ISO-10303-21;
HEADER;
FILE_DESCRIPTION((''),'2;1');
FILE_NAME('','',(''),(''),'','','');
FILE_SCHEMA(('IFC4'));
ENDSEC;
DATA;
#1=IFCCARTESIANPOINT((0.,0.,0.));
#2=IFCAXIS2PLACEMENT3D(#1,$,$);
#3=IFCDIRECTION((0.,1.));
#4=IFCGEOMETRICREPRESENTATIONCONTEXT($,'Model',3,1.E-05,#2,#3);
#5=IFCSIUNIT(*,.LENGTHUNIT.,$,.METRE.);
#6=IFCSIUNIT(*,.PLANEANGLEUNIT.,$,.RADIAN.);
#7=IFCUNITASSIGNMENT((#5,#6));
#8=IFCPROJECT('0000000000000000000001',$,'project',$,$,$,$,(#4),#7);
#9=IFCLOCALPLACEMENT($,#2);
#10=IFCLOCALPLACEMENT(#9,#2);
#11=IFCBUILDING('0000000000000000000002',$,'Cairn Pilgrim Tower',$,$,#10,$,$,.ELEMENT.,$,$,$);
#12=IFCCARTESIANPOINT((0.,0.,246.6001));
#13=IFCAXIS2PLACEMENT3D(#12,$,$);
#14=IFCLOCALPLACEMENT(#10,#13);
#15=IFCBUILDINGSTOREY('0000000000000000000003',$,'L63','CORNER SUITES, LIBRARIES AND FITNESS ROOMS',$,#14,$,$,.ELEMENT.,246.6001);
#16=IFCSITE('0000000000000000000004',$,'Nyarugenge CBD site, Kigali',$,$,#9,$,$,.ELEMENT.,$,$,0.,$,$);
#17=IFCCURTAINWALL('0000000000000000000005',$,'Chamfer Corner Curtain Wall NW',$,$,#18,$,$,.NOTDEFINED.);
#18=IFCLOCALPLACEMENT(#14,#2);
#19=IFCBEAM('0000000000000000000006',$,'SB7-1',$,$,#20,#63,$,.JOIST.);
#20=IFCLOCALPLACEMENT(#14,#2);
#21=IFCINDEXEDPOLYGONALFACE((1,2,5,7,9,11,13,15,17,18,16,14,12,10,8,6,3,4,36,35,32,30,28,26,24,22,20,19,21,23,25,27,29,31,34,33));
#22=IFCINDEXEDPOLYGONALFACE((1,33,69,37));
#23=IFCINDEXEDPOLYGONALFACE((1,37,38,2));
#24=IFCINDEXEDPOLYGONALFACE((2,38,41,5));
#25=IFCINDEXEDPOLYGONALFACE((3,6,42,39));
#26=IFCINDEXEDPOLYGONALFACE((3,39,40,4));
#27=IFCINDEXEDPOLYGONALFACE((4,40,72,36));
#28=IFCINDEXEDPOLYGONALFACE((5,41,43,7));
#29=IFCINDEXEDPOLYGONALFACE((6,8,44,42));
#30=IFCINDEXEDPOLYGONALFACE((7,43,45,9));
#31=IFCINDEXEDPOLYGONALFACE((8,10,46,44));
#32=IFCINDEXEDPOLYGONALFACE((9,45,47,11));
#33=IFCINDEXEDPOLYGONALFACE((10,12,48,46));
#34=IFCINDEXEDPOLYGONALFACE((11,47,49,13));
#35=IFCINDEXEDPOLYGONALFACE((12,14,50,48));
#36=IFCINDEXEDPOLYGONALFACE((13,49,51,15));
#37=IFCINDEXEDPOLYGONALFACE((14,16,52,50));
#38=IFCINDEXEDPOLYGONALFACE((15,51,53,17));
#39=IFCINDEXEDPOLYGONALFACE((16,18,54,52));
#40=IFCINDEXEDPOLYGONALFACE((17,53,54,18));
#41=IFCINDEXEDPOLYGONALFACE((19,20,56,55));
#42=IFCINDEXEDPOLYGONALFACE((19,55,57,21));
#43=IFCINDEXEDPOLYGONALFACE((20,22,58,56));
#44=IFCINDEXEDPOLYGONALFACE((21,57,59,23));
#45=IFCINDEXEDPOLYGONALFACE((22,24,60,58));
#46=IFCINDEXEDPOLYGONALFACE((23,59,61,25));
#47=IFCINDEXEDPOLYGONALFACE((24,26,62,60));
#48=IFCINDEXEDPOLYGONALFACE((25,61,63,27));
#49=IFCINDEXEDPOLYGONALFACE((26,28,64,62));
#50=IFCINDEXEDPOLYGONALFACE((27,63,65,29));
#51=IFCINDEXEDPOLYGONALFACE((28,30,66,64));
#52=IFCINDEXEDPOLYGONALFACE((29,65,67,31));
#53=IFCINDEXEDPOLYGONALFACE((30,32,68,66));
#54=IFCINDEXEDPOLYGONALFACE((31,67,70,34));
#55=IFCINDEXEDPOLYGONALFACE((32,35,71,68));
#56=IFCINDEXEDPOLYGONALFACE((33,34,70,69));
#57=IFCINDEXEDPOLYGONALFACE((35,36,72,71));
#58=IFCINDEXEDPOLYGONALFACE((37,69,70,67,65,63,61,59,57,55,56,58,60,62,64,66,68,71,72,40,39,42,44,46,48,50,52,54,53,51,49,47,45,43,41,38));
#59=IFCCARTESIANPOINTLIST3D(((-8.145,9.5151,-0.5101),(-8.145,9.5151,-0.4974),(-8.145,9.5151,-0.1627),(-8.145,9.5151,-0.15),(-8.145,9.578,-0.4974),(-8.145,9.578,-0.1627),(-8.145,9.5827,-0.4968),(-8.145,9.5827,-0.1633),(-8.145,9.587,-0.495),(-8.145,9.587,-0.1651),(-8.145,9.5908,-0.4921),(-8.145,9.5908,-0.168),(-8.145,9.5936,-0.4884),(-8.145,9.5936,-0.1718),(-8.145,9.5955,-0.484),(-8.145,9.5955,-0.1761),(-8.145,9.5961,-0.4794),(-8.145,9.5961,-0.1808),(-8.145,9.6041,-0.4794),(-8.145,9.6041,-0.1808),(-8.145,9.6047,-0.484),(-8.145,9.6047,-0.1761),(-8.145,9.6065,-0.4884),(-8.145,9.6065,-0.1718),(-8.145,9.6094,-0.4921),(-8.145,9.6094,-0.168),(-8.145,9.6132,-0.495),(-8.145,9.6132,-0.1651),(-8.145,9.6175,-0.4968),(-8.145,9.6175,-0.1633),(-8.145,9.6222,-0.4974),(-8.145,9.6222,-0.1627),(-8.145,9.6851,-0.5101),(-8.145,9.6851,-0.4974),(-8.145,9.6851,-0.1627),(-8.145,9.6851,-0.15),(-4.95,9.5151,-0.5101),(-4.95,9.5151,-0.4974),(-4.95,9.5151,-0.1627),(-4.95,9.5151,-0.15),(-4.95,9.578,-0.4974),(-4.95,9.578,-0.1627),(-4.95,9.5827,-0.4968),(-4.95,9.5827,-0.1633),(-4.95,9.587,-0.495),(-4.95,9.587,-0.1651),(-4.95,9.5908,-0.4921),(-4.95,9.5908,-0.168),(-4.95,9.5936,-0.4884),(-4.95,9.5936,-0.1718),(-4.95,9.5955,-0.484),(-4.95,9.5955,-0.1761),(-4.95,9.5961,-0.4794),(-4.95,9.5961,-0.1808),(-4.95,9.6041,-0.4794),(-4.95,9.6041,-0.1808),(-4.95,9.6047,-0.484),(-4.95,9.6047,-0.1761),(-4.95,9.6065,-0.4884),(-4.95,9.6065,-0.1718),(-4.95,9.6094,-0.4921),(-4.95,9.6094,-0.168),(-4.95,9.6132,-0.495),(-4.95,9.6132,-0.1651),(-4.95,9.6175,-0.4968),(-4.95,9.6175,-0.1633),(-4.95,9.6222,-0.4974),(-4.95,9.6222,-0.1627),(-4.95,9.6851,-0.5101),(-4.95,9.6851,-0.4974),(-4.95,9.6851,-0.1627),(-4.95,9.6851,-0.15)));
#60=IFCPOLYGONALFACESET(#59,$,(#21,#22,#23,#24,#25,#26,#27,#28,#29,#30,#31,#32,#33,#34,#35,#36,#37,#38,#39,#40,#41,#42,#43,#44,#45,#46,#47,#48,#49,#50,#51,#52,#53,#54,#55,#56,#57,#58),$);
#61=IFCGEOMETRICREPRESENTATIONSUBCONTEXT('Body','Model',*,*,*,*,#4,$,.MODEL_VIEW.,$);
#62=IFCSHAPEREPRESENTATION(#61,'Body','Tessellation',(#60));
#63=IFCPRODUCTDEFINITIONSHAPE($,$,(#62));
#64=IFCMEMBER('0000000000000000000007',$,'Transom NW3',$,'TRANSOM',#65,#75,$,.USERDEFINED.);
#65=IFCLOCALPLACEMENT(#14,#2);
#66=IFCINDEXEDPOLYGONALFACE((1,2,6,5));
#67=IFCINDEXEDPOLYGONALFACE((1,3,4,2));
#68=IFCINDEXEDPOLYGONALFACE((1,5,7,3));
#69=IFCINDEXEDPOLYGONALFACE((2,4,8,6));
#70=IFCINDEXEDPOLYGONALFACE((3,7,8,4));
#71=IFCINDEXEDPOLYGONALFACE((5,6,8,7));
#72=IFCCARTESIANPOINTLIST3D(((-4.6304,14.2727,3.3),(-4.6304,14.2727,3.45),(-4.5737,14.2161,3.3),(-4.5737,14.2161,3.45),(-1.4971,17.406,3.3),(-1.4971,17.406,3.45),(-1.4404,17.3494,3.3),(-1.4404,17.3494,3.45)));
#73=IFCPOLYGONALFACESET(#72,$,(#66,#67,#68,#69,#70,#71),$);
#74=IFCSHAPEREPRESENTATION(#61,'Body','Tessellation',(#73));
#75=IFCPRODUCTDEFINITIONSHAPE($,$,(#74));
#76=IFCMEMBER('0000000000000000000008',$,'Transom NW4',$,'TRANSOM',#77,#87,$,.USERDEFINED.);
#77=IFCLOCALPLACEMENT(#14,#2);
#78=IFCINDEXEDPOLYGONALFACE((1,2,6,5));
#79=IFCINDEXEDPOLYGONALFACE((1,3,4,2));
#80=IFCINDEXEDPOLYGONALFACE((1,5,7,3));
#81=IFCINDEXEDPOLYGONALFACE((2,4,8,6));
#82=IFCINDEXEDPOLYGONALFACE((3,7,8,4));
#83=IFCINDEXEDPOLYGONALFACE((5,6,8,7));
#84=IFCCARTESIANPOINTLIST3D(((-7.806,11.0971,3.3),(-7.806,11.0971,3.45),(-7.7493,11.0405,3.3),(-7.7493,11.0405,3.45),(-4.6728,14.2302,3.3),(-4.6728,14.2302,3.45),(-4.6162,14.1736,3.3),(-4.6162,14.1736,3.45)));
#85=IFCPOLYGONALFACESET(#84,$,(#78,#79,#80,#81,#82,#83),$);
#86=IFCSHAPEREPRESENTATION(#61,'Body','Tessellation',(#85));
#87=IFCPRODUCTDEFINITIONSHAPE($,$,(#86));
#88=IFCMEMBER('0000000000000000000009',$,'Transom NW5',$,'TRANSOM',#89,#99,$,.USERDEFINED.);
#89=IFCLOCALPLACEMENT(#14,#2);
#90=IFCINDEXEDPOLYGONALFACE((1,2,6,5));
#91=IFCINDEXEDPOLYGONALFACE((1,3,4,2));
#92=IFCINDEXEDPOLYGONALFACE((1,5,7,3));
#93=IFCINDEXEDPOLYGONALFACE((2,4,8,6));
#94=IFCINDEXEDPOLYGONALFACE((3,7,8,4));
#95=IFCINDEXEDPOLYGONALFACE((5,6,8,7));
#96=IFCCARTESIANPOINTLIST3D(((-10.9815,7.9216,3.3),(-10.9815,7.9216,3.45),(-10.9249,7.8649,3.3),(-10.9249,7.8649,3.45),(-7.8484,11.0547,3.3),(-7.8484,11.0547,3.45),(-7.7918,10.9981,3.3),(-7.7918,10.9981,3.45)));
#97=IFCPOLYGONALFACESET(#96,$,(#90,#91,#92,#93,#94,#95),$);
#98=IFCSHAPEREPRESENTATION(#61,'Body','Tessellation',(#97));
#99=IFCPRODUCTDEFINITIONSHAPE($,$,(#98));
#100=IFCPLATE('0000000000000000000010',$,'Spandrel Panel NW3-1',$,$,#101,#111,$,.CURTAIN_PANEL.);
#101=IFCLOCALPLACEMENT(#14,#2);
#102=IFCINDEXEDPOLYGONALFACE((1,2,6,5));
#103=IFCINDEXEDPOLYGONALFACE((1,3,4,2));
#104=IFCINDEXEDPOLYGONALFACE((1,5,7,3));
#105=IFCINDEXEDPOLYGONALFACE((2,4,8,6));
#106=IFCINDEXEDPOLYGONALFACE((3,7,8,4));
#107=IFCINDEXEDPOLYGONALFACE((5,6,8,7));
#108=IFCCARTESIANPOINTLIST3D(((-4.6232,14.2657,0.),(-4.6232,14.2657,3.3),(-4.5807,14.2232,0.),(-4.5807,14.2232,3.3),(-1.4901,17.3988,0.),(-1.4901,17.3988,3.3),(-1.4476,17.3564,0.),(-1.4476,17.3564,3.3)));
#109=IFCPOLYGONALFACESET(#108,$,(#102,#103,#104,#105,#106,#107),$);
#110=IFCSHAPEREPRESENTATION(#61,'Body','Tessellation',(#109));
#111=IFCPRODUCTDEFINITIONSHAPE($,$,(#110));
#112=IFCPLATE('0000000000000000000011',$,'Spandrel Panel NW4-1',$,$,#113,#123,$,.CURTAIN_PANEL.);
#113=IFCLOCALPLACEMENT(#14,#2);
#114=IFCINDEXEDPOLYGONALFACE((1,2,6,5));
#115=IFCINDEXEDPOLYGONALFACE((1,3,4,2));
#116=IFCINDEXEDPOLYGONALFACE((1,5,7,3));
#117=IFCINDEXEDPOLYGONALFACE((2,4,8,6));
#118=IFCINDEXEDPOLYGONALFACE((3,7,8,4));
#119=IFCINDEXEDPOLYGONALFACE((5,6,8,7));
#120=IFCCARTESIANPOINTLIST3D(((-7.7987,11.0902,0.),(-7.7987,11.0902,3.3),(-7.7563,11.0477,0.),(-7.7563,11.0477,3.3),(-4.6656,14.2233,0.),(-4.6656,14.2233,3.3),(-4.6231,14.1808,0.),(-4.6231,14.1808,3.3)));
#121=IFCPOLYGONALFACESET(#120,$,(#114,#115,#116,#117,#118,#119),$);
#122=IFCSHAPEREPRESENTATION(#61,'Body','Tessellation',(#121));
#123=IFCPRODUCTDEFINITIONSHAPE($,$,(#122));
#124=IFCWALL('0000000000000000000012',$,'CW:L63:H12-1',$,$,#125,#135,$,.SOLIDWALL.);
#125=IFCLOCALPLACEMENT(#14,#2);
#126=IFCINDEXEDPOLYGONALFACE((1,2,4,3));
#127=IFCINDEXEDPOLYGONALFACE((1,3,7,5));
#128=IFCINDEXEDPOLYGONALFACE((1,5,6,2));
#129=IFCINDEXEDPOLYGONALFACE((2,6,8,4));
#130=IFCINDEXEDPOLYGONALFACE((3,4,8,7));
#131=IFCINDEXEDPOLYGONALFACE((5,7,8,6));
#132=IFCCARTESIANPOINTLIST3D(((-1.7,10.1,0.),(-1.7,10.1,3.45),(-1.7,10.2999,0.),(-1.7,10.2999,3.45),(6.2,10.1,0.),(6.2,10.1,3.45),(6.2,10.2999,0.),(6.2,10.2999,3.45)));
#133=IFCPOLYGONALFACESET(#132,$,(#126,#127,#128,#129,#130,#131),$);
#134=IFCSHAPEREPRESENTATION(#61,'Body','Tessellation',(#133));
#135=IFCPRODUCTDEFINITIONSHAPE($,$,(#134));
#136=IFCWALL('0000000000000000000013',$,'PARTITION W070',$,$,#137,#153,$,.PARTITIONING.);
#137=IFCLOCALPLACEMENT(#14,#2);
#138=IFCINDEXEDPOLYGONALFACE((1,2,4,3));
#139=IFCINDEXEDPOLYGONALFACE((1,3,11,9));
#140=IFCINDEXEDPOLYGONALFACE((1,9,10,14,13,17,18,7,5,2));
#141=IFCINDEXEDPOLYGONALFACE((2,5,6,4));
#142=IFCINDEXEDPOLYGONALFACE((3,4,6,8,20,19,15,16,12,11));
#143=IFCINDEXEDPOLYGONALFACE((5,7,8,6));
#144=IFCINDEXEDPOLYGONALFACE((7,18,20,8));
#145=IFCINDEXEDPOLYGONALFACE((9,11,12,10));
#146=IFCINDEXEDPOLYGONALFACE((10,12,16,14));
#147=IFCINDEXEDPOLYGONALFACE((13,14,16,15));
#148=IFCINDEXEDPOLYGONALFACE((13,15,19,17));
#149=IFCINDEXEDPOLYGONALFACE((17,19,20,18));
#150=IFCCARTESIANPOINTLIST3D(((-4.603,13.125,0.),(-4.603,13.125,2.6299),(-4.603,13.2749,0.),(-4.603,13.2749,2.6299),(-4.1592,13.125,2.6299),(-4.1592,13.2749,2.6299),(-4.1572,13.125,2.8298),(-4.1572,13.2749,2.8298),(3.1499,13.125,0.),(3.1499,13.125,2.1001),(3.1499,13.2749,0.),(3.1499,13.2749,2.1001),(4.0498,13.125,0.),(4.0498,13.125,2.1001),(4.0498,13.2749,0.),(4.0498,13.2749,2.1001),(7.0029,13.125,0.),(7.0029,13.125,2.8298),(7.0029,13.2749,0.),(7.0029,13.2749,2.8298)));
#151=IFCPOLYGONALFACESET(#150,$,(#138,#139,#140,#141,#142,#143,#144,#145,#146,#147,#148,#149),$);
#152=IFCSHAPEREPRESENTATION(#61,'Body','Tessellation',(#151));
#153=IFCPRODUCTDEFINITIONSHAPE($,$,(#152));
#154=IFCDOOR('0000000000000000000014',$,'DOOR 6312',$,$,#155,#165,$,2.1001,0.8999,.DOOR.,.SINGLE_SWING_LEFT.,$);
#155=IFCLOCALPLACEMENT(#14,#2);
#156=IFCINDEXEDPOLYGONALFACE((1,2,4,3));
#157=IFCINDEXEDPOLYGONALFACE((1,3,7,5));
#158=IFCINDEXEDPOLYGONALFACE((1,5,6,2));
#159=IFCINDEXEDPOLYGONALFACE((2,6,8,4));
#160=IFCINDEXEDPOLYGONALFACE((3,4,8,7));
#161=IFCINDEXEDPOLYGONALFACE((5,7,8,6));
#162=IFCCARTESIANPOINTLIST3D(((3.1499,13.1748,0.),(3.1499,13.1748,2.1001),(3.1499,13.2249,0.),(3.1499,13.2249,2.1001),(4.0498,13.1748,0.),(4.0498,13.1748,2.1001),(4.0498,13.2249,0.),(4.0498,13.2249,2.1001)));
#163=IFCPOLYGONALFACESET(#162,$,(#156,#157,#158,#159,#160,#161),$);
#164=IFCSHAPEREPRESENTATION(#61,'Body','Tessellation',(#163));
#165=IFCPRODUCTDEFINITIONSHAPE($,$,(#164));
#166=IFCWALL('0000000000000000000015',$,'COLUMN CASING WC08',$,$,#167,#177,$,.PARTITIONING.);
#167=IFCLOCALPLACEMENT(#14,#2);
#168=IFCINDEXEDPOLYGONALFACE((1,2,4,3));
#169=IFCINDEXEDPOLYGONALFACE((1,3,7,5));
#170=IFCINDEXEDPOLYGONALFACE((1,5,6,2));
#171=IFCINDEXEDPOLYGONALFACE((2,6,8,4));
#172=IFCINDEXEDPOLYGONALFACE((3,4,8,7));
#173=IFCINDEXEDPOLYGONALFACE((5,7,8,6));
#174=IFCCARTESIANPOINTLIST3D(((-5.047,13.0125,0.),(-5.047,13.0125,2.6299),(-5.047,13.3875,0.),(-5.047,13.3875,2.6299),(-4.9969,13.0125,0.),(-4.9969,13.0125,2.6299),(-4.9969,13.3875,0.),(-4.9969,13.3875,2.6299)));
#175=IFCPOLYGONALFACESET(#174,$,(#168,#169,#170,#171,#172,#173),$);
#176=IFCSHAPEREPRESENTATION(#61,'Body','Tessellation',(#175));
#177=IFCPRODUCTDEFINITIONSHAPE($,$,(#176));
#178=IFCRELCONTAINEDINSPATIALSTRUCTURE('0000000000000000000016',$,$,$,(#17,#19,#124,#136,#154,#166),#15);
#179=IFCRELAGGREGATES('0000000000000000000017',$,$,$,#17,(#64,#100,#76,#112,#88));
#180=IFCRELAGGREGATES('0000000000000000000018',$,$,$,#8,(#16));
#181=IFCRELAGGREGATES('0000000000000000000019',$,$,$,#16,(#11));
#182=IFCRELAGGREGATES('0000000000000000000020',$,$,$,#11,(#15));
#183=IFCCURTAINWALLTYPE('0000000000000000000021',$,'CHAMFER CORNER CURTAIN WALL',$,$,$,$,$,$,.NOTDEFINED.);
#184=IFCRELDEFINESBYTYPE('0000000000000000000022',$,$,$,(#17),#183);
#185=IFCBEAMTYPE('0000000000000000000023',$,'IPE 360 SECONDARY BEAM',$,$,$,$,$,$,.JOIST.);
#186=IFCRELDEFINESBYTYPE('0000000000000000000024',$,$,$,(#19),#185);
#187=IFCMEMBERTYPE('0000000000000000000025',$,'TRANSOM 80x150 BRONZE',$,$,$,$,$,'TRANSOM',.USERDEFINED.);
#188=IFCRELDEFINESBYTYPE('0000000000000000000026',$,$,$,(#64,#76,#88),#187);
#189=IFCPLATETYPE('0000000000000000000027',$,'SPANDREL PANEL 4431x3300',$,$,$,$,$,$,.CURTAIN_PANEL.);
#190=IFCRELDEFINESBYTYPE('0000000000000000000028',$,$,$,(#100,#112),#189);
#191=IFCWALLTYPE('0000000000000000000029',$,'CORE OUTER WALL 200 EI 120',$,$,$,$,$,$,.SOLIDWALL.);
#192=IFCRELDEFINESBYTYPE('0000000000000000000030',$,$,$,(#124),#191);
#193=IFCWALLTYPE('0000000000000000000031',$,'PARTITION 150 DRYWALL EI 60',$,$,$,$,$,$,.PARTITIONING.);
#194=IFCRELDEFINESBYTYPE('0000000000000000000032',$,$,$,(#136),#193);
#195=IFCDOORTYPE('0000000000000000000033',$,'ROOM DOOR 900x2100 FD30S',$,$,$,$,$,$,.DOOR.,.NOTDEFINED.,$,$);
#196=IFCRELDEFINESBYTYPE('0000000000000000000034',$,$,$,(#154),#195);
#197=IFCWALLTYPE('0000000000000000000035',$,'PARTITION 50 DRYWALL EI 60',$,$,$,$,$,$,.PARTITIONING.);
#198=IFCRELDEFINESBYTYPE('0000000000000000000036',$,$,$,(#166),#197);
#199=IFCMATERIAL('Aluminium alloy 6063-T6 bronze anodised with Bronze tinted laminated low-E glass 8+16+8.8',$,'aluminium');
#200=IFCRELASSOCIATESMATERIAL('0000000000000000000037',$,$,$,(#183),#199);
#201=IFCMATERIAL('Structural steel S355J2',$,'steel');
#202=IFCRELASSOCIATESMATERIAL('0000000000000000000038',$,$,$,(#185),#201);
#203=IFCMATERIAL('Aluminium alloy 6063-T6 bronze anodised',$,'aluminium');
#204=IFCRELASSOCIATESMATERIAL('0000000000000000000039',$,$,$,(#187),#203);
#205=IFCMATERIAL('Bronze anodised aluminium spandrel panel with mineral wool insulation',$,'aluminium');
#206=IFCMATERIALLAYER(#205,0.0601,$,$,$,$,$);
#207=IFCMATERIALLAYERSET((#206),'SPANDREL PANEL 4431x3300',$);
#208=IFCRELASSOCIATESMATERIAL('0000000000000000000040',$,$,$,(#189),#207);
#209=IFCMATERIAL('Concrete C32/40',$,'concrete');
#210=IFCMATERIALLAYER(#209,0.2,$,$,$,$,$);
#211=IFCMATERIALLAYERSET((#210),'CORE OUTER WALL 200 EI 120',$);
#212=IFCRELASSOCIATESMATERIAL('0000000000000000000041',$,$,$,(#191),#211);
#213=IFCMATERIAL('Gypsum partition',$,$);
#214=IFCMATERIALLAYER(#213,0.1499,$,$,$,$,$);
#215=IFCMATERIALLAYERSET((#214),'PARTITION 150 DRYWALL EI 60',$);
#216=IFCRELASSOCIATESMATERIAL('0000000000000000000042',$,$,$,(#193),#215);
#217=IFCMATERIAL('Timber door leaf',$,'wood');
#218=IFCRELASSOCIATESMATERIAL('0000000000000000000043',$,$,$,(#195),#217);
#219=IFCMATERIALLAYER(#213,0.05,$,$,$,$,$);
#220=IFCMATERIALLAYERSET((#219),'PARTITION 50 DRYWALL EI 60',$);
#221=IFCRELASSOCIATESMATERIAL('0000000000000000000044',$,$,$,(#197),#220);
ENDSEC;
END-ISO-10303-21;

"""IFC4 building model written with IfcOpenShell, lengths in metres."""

from ifc_helpers import new_model, si_unit, direction, frame, frame_2d, origin, origin_2d, place, context, subcontext, project, spatial, polyline, rectangle, i_section, outline, extrude, material, layer, layer_set, material_profile, profile_set, type_object, element, fill, aggregate, save


model = new_model("IFC4")

# Units and contexts
model_context = context("Model", 3, precision=1e-05, world=origin(), true_north=direction((0.0, 1.0)))
body_context = subcontext(model_context, "Body", "Model", "MODEL_VIEW")
ifc_project = project(units=[si_unit("LENGTHUNIT", "METRE"), si_unit("PLANEANGLEUNIT", "RADIAN")], contexts=[model_context])

# Site, building, storey
site_placement = place(None, origin())
site = spatial("IfcSite", under=ifc_project, at=site_placement, Name="Nyarugenge CBD site, Kigali", CompositionType="ELEMENT", RefElevation=0.0)
building_placement = place(site_placement, origin())
building = spatial("IfcBuilding", under=site, at=building_placement, Name="Cairn Pilgrim Tower", CompositionType="ELEMENT")
storey_placement = place(building_placement, frame((0.0, 0.0, 246.6001)))
storey = spatial("IfcBuildingStorey", under=building, at=storey_placement, Name="L63", Description="CORNER SUITES, LIBRARIES AND FITNESS ROOMS", CompositionType="ELEMENT", Elevation=246.6001)

# Shared definitions
ifc_material_1 = material(Name="Structural steel S355J2", Category="steel")

# Curtain wall
ifc_material_2 = material(Name="Aluminium alloy 6063-T6 bronze anodised with Bronze tinted laminated low-E glass 8+16+8.8", Category="aluminium")
curtain_wall_type = type_object("IfcCurtainWallType", Name="CHAMFER CORNER CURTAIN WALL", PredefinedType="NOTDEFINED", material=ifc_material_2)
curtain_wall_placement = place(storey_placement, origin())
curtain_wall = element("IfcCurtainWall", 1, at=curtain_wall_placement, inside=storey, type_object=curtain_wall_type, Name="Chamfer Corner Curtain Wall NW", PredefinedType="NOTDEFINED")
ifc_material_3 = material(Name="Aluminium alloy 6063-T6 bronze anodised", Category="aluminium")

# Beam
ifc_material_profile_1 = material_profile(ifc_material_1, i_section(OverallWidth=0.1699, OverallDepth=0.3601, WebThickness=0.0081, FlangeThickness=0.0127, FilletRadius=0.0181, at=origin_2d()), Name="IPE 360")
ifc_profile_set_1 = profile_set([ifc_material_profile_1], Name="Structural steel S355J2")
beam_type_1 = type_object("IfcBeamType", Name="IPE 360 SECONDARY BEAM", PredefinedType="JOIST", material=ifc_profile_set_1)
beam_1_placement = place(storey_placement, frame((-8.145, 9.6001, -0.3301), z_axis=(1.0, 0.0, 0.0), x_axis=(0.0, 1.0, 0.0)))
element("IfcBeam", 2, at=beam_1_placement, inside=storey, type_object=beam_type_1, Name="SB7-1", PredefinedType="JOIST", context=body_context, shape_type="SweptSolid", body=[
    extrude(i_section(OverallWidth=0.1699, OverallDepth=0.3601, WebThickness=0.0081, FlangeThickness=0.0127, FilletRadius=0.0181, at=origin_2d()), origin(), (0.0, 0.0, 1.0), 3.1951),
])

# Members
ifc_material_profile_2 = material_profile(ifc_material_3, rectangle(XDim=0.0801, YDim=0.1499, at=origin_2d()), Name="TRANSOM 80x150 BRONZE")
ifc_profile_set_2 = profile_set([ifc_material_profile_2], Name="Aluminium alloy 6063-T6 bronze anodised")
member_type_1 = type_object("IfcMemberType", Name="TRANSOM 80x150 BRONZE", ElementType="TRANSOM", PredefinedType="USERDEFINED", material=ifc_profile_set_2)
member_1_placement = place(storey_placement, frame((-1.4688, 17.3777, 3.375), z_axis=(-0.707107, -0.707107, 0.0), x_axis=(0.707107, -0.707107, 0.0)))
member_1 = element("IfcMember", 3, at=member_1_placement, type_object=member_type_1, Name="Transom NW3", ObjectType="TRANSOM", PredefinedType="USERDEFINED", context=body_context, shape_type="SweptSolid", body=[
    extrude(rectangle(XDim=0.0801, YDim=0.1499, at=origin_2d()), origin(), (0.0, 0.0, 1.0), 4.4312),
])
member_2_placement = place(storey_placement, frame((-4.6445, 14.2019, 3.375), z_axis=(-0.707107, -0.707107, 0.0), x_axis=(0.707107, -0.707107, 0.0)))
member_2 = element("IfcMember", 4, at=member_2_placement, type_object=member_type_1, Name="Transom NW4", ObjectType="TRANSOM", PredefinedType="USERDEFINED", context=body_context, shape_type="SweptSolid", body=[
    extrude(rectangle(XDim=0.0801, YDim=0.1499, at=origin_2d()), origin(), (0.0, 0.0, 1.0), 4.4309),
])
member_3_placement = place(storey_placement, frame((-7.8201, 11.0264, 3.375), z_axis=(-0.707107, -0.707107, 0.0), x_axis=(0.707107, -0.707107, 0.0)))
member_3 = element("IfcMember", 5, at=member_3_placement, type_object=member_type_1, Name="Transom NW5", ObjectType="TRANSOM", PredefinedType="USERDEFINED", context=body_context, shape_type="SweptSolid", body=[
    extrude(rectangle(XDim=0.0801, YDim=0.1499, at=origin_2d()), origin(), (0.0, 0.0, 1.0), 4.4309),
])

# Plates
ifc_material_4 = material(Name="Bronze anodised aluminium spandrel panel with mineral wool insulation", Category="aluminium")
ifc_layer_1 = layer(ifc_material_4, 0.0601)
ifc_layer_set_1 = layer_set([ifc_layer_1], Name="SPANDREL PANEL 4431x3300")
plate_type = type_object("IfcPlateType", Name="SPANDREL PANEL 4431x3300", PredefinedType="CURTAIN_PANEL", material=ifc_layer_set_1)
plate_1_placement = place(storey_placement, frame((-3.0354, 15.811, 0.0), z_axis=(0.0, 0.0, 1.0), x_axis=(-0.707107, -0.707107, 0.0)))
plate_1 = element("IfcPlate", 6, at=plate_1_placement, type_object=plate_type, Name="Spandrel Panel NW3-1", PredefinedType="CURTAIN_PANEL", context=body_context, shape_type="SweptSolid", body=[
    extrude(rectangle(XDim=4.4309, YDim=0.0601, at=origin_2d()), origin(), (0.0, 0.0, 1.0), 3.3),
])
plate_2_placement = place(storey_placement, frame((-6.2109, 12.6355, 0.0), z_axis=(0.0, 0.0, 1.0), x_axis=(-0.707107, -0.707107, 0.0)))
plate_2 = element("IfcPlate", 7, at=plate_2_placement, type_object=plate_type, Name="Spandrel Panel NW4-1", PredefinedType="CURTAIN_PANEL", context=body_context, shape_type="SweptSolid", body=[
    extrude(rectangle(XDim=4.4309, YDim=0.0601, at=origin_2d()), origin(), (0.0, 0.0, 1.0), 3.3),
])
aggregate(curtain_wall, [member_1, plate_1, member_2, plate_2, member_3])

# Wall
ifc_material_5 = material(Name="Concrete C32/40", Category="concrete")
ifc_layer_2 = layer(ifc_material_5, 0.2)
ifc_layer_set_2 = layer_set([ifc_layer_2], Name="CORE OUTER WALL 200 EI 120")
wall_type_1 = type_object("IfcWallType", Name="CORE OUTER WALL 200 EI 120", PredefinedType="SOLIDWALL", material=ifc_layer_set_2)
wall_1_placement = place(storey_placement, frame((-1.7, 10.2, 0.0), z_axis=(0.0, 0.0, 1.0), x_axis=(1.0, 0.0, 0.0)))
element("IfcWall", 8, at=wall_1_placement, inside=storey, type_object=wall_type_1, Name="CW:L63:H12-1", PredefinedType="SOLIDWALL", context=body_context, shape_type="SweptSolid", body=[
    extrude(rectangle(XDim=7.8999, YDim=0.2, at=frame_2d((3.95, 0.0))), origin(), (0.0, 0.0, 1.0), 3.45),
])

# Wall, opening, door
ifc_material_6 = material(Name="Gypsum partition")
ifc_layer_3 = layer(ifc_material_6, 0.1499)
ifc_layer_set_3 = layer_set([ifc_layer_3], Name="PARTITION 150 DRYWALL EI 60")
wall_type_2 = type_object("IfcWallType", Name="PARTITION 150 DRYWALL EI 60", PredefinedType="PARTITIONING", material=ifc_layer_set_3)
wall_2_placement = place(storey_placement, frame((-4.603, 13.2, 0.0), z_axis=(0.0, 0.0, 1.0), x_axis=(1.0, 0.0, 0.0)))
wall_2 = element("IfcWall", 9, at=wall_2_placement, inside=storey, type_object=wall_type_2, Name="PARTITION W070", PredefinedType="PARTITIONING", context=body_context, shape_type="SweptSolid", body=[
    extrude(outline(polyline([(0.0, 0.0), (11.606, 0.0), (11.606, 2.8298), (0.4458, 2.8298), (0.4438, 2.6299), (0.0, 2.6299), (0.0, 0.0)])), frame((0.0, 0.075, 0.0), z_axis=(0.0, -1.0, 0.0), x_axis=(1.0, 0.0, 0.0)), (0.0, 0.0, 1.0), 0.1499),
])
opening_placement = place(wall_2_placement, frame((7.7529, 0.0, 0.0)))
opening = element("IfcOpeningElement", 10, at=opening_placement, cuts=wall_2, PredefinedType="OPENING", context=body_context, shape_type="SweptSolid", body=[
    extrude(rectangle(XDim=0.8999, YDim=2.1001, at=frame_2d((0.45, 1.05))), frame((0.0, 0.085, 0.0), z_axis=(0.0, -1.0, 0.0), x_axis=(1.0, 0.0, 0.0)), (0.0, 0.0, 1.0), 0.1699),
])
ifc_material_7 = material(Name="Timber door leaf", Category="wood")
door_type = type_object("IfcDoorType", Name="ROOM DOOR 900x2100 FD30S", OperationType="NOTDEFINED", PredefinedType="DOOR", material=ifc_material_7)
door_placement = place(opening_placement, origin())
door = element("IfcDoor", 11, at=door_placement, inside=storey, type_object=door_type, Name="DOOR 6312", OperationType="SINGLE_SWING_LEFT", OverallHeight=2.1001, OverallWidth=0.8999, PredefinedType="DOOR", context=body_context, shape_type="SweptSolid", body=[
    extrude(rectangle(XDim=0.8999, YDim=2.1001, at=frame_2d((0.45, 1.05))), frame((0.0, 0.0249, 0.0), z_axis=(0.0, -1.0, 0.0), x_axis=(1.0, 0.0, 0.0)), (0.0, 0.0, 1.0), 0.05),
])
fill(opening, door)

# Wall
ifc_layer_4 = layer(ifc_material_6, 0.05)
ifc_layer_set_4 = layer_set([ifc_layer_4], Name="PARTITION 50 DRYWALL EI 60")
wall_type_3 = type_object("IfcWallType", Name="PARTITION 50 DRYWALL EI 60", PredefinedType="PARTITIONING", material=ifc_layer_set_4)
wall_3_placement = place(storey_placement, frame((-5.022, 13.0125, 0.0), z_axis=(0.0, 0.0, 1.0), x_axis=(0.0, 1.0, 0.0)))
element("IfcWall", 12, at=wall_3_placement, inside=storey, type_object=wall_type_3, Name="COLUMN CASING WC08", PredefinedType="PARTITIONING", context=body_context, shape_type="SweptSolid", body=[
    extrude(rectangle(XDim=0.375, YDim=0.05, at=frame_2d((0.1875, 0.0))), origin(), (0.0, 0.0, 1.0), 2.6299),
])

save(model, "model.ifc")
